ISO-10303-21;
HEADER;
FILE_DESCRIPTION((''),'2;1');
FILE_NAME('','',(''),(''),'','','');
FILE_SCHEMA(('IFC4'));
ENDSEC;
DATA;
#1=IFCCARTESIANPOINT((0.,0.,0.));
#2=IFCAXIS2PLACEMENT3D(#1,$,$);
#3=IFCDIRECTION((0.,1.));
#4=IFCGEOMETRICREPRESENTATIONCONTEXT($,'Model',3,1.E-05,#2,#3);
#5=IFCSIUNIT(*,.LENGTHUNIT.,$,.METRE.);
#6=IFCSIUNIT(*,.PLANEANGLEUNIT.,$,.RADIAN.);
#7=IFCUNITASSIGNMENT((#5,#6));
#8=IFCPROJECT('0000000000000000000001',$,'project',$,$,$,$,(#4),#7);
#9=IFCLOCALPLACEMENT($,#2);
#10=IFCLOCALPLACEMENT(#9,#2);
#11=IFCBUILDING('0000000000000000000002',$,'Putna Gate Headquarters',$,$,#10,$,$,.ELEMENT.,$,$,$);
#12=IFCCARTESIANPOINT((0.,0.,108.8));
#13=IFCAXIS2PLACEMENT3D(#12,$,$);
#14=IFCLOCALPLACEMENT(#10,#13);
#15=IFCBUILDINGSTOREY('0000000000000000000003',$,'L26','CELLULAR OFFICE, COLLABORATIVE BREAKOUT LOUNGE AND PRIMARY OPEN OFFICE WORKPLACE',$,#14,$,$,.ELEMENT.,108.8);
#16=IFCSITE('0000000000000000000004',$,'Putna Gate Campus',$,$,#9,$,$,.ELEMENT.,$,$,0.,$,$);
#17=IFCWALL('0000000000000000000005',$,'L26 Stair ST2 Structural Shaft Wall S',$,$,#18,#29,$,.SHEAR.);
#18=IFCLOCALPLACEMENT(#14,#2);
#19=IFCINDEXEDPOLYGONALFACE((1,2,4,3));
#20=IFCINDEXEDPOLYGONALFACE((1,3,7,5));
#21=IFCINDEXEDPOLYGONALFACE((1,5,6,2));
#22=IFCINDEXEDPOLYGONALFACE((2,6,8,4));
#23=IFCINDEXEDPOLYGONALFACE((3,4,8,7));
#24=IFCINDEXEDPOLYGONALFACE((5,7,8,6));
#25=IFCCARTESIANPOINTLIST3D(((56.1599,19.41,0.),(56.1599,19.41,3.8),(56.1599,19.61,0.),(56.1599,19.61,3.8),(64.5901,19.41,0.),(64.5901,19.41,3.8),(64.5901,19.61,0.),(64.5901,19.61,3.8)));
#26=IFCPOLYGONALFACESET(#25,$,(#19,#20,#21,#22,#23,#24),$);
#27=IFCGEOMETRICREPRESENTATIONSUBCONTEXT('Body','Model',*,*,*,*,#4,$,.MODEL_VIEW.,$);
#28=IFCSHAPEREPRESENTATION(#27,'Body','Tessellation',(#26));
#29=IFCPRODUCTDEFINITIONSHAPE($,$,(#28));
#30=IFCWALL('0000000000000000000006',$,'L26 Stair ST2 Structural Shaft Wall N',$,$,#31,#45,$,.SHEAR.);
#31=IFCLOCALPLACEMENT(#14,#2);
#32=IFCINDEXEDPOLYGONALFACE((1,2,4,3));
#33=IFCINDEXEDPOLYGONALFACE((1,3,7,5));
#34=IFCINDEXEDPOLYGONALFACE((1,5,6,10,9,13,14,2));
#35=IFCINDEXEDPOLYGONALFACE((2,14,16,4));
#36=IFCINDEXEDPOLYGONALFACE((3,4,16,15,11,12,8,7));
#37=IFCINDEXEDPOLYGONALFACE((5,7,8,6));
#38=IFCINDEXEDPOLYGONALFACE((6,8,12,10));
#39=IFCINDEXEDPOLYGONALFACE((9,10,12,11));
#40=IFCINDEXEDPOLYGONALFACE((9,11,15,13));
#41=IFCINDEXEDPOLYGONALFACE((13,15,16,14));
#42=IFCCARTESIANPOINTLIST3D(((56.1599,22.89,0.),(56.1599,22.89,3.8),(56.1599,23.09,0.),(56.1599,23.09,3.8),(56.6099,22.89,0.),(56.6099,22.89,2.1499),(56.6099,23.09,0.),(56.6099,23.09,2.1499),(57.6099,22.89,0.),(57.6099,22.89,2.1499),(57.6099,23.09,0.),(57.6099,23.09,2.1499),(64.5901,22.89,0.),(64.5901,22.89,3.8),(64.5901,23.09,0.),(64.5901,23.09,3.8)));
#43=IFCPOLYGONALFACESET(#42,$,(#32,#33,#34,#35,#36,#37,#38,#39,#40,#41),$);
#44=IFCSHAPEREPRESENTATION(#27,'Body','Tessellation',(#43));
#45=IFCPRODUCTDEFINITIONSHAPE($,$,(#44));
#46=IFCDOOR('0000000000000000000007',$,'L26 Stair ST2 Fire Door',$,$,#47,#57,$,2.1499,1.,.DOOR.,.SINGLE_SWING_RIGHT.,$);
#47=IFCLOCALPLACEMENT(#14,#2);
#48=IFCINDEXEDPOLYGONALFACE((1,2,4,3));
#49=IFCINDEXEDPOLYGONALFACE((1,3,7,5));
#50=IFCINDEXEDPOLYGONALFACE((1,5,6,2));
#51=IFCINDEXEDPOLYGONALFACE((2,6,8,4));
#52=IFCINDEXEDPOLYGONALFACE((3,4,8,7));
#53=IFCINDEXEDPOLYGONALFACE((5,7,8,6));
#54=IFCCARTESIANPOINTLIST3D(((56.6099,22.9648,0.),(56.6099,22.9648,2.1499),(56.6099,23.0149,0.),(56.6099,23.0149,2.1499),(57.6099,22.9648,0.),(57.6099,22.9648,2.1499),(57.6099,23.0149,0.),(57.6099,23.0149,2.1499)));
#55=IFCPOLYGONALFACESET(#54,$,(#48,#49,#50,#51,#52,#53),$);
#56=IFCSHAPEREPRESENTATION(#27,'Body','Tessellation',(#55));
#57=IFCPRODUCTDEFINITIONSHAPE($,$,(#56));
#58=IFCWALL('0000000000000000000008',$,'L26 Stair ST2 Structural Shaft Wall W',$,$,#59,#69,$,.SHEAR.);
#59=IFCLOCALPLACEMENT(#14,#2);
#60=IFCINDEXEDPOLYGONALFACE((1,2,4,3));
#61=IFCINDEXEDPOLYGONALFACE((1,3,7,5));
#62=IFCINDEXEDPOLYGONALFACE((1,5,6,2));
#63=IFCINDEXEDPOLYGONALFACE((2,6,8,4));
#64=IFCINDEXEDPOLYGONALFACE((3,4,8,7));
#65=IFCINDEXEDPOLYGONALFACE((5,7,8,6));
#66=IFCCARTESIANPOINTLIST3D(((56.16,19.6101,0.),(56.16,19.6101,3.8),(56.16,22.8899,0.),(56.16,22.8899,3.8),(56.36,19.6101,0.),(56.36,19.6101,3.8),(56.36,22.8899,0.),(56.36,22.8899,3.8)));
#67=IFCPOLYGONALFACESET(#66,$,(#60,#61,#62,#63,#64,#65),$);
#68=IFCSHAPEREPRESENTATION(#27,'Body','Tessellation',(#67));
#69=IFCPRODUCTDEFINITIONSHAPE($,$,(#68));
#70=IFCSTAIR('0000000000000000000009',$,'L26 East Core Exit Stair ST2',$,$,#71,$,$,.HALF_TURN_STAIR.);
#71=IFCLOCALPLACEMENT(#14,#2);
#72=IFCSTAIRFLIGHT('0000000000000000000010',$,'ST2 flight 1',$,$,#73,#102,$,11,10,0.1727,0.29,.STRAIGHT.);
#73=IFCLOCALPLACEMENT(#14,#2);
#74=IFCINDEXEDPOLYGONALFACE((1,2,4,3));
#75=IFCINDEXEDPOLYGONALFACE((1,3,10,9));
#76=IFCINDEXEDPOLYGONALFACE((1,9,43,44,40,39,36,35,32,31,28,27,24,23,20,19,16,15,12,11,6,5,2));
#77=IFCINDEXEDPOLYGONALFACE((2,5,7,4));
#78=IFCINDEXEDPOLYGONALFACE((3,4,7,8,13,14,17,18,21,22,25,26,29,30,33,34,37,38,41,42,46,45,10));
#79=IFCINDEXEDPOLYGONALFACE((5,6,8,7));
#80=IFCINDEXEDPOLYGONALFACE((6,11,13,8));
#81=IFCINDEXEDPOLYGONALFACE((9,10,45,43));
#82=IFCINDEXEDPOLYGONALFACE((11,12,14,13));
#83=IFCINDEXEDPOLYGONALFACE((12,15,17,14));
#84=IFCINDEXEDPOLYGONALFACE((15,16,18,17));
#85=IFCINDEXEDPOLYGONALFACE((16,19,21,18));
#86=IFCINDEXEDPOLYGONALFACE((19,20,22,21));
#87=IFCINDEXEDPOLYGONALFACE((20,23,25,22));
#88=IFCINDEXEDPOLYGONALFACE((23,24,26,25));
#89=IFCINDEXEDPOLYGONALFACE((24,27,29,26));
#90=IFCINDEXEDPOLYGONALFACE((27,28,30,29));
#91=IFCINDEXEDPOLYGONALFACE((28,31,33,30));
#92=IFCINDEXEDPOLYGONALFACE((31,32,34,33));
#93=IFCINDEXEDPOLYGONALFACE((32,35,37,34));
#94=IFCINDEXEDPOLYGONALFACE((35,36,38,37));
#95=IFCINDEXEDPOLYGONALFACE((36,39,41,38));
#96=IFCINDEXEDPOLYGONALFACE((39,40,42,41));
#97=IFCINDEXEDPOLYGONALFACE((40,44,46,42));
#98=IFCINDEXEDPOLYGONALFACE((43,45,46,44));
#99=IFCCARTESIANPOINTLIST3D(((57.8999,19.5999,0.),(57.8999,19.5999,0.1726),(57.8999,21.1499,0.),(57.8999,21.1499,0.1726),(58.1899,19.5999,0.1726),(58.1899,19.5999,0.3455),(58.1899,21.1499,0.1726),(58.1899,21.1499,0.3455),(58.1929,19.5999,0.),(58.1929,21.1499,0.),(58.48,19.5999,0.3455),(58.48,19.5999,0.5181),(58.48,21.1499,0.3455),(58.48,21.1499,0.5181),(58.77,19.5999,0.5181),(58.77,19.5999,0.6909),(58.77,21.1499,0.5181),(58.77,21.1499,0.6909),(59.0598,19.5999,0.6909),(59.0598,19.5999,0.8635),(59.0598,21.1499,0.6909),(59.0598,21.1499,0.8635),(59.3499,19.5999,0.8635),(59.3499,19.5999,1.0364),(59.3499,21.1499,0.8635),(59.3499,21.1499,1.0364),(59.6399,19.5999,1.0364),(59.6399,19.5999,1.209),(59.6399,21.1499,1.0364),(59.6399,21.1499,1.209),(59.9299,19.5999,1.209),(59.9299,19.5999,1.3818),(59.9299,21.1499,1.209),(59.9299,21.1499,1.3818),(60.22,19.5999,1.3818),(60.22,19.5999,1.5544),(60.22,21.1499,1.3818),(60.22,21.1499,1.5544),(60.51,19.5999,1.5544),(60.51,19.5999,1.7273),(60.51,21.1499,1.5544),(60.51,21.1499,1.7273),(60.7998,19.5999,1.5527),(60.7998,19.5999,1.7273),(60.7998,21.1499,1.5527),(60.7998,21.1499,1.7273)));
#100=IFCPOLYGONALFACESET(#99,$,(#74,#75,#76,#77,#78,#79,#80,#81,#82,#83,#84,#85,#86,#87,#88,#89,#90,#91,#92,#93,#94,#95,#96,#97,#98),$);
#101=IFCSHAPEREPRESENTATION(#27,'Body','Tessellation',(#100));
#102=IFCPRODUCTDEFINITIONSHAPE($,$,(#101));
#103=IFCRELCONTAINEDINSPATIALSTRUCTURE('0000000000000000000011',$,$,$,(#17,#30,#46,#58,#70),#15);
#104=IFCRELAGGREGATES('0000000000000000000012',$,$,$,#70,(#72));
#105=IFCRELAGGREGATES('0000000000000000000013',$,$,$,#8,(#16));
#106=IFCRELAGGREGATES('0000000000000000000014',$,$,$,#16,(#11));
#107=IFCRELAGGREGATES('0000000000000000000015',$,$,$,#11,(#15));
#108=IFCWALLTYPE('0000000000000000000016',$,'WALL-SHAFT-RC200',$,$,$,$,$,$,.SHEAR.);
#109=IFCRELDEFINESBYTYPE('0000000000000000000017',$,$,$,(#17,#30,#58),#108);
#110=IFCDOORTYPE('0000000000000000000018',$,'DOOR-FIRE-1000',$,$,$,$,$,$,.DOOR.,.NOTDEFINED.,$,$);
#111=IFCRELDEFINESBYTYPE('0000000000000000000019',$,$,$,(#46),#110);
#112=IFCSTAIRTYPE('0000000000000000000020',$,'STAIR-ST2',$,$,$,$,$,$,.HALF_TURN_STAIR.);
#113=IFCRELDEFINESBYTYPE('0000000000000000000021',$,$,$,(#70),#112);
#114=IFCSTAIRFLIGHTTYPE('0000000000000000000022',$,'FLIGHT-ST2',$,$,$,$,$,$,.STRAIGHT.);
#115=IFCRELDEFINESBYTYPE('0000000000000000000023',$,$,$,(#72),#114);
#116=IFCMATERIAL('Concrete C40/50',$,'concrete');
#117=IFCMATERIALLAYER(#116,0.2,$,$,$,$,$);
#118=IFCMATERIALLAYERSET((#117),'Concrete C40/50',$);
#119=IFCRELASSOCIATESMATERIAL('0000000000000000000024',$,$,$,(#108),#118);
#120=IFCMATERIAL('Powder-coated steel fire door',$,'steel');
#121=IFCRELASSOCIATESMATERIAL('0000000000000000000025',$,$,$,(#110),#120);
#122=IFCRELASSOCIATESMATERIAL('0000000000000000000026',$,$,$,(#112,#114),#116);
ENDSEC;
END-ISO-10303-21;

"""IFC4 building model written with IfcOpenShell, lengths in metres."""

from ifc_helpers import new_model, si_unit, direction, frame, frame_2d, origin, place, context, subcontext, project, spatial, polyline, rectangle, outline, extrude, material, layer, layer_set, type_object, element, fill, aggregate, save


model = new_model("IFC4")

# Units and contexts
model_context = context("Model", 3, precision=1e-05, world=origin(), true_north=direction((0.0, 1.0)))
body_context = subcontext(model_context, "Body", "Model", "MODEL_VIEW")
ifc_project = project(units=[si_unit("LENGTHUNIT", "METRE"), si_unit("PLANEANGLEUNIT", "RADIAN")], contexts=[model_context])

# Site, building, storey
site_placement = place(None, origin())
site = spatial("IfcSite", under=ifc_project, at=site_placement, Name="Putna Gate Campus", CompositionType="ELEMENT", RefElevation=0.0)
building_placement = place(site_placement, origin())
building = spatial("IfcBuilding", under=site, at=building_placement, Name="Putna Gate Headquarters", CompositionType="ELEMENT")
storey_placement = place(building_placement, frame((0.0, 0.0, 108.8)))
storey = spatial("IfcBuildingStorey", under=building, at=storey_placement, Name="L26", Description="CELLULAR OFFICE, COLLABORATIVE BREAKOUT LOUNGE AND PRIMARY OPEN OFFICE WORKPLACE", CompositionType="ELEMENT", Elevation=108.8)

# Shared definitions
ifc_material_1 = material(Name="Concrete C40/50", Category="concrete")

# Wall
ifc_layer_1 = layer(ifc_material_1, 0.2)
ifc_layer_set_1 = layer_set([ifc_layer_1], Name="Concrete C40/50")
wall_type_1 = type_object("IfcWallType", Name="WALL-SHAFT-RC200", PredefinedType="SHEAR", material=ifc_layer_set_1)
wall_1_placement = place(storey_placement, frame((56.1599, 19.51, 0.0), z_axis=(0.0, 0.0, 1.0), x_axis=(1.0, 0.0, 0.0)))
element("IfcWall", 1, at=wall_1_placement, inside=storey, type_object=wall_type_1, Name="L26 Stair ST2 Structural Shaft Wall S", PredefinedType="SHEAR", context=body_context, shape_type="SweptSolid", body=[
    extrude(rectangle(XDim=8.4302, YDim=0.2, at=frame_2d((4.2151, 0.0))), origin(), (0.0, 0.0, 1.0), 3.8),
])

# Wall, opening, door
wall_2_placement = place(storey_placement, frame((56.1599, 22.99, 0.0), z_axis=(0.0, 0.0, 1.0), x_axis=(1.0, 0.0, 0.0)))
wall_2 = element("IfcWall", 2, at=wall_2_placement, inside=storey, type_object=wall_type_1, Name="L26 Stair ST2 Structural Shaft Wall N", PredefinedType="SHEAR", context=body_context, shape_type="SweptSolid", body=[
    extrude(rectangle(XDim=8.4302, YDim=0.2, at=frame_2d((4.2151, 0.0))), origin(), (0.0, 0.0, 1.0), 3.8),
])
opening_1_placement = place(wall_2_placement, frame((0.45, 0.0, 0.0)))
opening_1 = element("IfcOpeningElement", 3, at=opening_1_placement, cuts=wall_2, PredefinedType="OPENING", context=body_context, shape_type="SweptSolid", body=[
    extrude(rectangle(XDim=1.0, YDim=2.1499, at=frame_2d((0.5, 1.075))), frame((0.0, 0.1099, 0.0), z_axis=(0.0, -1.0, 0.0), x_axis=(1.0, 0.0, 0.0)), (0.0, 0.0, 1.0), 0.22),
])
ifc_material_2 = material(Name="Powder-coated steel fire door", Category="steel")
door_type_1 = type_object("IfcDoorType", Name="DOOR-FIRE-1000", OperationType="NOTDEFINED", PredefinedType="DOOR", material=ifc_material_2)
door_1_placement = place(opening_1_placement, origin())
door_1 = element("IfcDoor", 4, at=door_1_placement, inside=storey, type_object=door_type_1, Name="L26 Stair ST2 Fire Door", OperationType="SINGLE_SWING_RIGHT", OverallHeight=2.1499, OverallWidth=1.0, PredefinedType="DOOR", context=body_context, shape_type="SweptSolid", body=[
    extrude(rectangle(XDim=1.0, YDim=2.1499, at=frame_2d((0.5, 1.075))), frame((0.0, 0.0249, 0.0), z_axis=(0.0, -1.0, 0.0), x_axis=(1.0, 0.0, 0.0)), (0.0, 0.0, 1.0), 0.05),
])
fill(opening_1, door_1)

# Wall
wall_3_placement = place(storey_placement, frame((56.26, 19.6101, 0.0), z_axis=(0.0, 0.0, 1.0), x_axis=(0.0, 1.0, 0.0)))
element("IfcWall", 5, at=wall_3_placement, inside=storey, type_object=wall_type_1, Name="L26 Stair ST2 Structural Shaft Wall W", PredefinedType="SHEAR", context=body_context, shape_type="SweptSolid", body=[
    extrude(rectangle(XDim=3.2798, YDim=0.2, at=frame_2d((1.6399, 0.0))), origin(), (0.0, 0.0, 1.0), 3.8),
])

# Stair, stair flight
stair_type = type_object("IfcStairType", Name="STAIR-ST2", PredefinedType="HALF_TURN_STAIR", material=ifc_material_1)
stair_placement = place(storey_placement, origin())
stair = element("IfcStair", 6, at=stair_placement, inside=storey, type_object=stair_type, Name="L26 East Core Exit Stair ST2", PredefinedType="HALF_TURN_STAIR")
stair_flight_type = type_object("IfcStairFlightType", Name="FLIGHT-ST2", PredefinedType="STRAIGHT", material=ifc_material_1)
stair_flight_placement = place(storey_placement, frame((57.8999, 20.375, 0.0), z_axis=(0.0, 0.0, 1.0), x_axis=(1.0, 0.0, 0.0)))
stair_flight = element("IfcStairFlight", 7, at=stair_flight_placement, type_object=stair_flight_type, Name="ST2 flight 1", NumberOfRisers=11, NumberOfTreads=10, PredefinedType="STRAIGHT", RiserHeight=0.1727, TreadLength=0.29, context=body_context, shape_type="SweptSolid", body=[
    extrude(outline(polyline([(0.0, 0.0), (0.0, 0.1726), (0.29, 0.1726), (0.29, 0.3455), (0.5801, 0.3455), (0.5801, 0.5181), (0.8701, 0.5181), (0.8701, 0.6909), (1.1599, 0.6909), (1.1599, 0.8635), (1.45, 0.8635), (1.45, 1.0364), (1.74, 1.0364), (1.74, 1.209), (2.03, 1.209), (2.03, 1.3818), (2.3201, 1.3818), (2.3201, 1.5544), (2.6101, 1.5544), (2.6101, 1.7273), (2.8999, 1.7273), (2.8999, 1.8999), (2.8999, 1.5527), (0.293, 0.0), (0.0, 0.0)])), frame((0.0, 0.7749, 0.0), z_axis=(0.0, -1.0, 0.0), x_axis=(1.0, 0.0, 0.0)), (0.0, 0.0, 1.0), 1.55),
])
aggregate(stair, [stair_flight])

save(model, "model.ifc")
